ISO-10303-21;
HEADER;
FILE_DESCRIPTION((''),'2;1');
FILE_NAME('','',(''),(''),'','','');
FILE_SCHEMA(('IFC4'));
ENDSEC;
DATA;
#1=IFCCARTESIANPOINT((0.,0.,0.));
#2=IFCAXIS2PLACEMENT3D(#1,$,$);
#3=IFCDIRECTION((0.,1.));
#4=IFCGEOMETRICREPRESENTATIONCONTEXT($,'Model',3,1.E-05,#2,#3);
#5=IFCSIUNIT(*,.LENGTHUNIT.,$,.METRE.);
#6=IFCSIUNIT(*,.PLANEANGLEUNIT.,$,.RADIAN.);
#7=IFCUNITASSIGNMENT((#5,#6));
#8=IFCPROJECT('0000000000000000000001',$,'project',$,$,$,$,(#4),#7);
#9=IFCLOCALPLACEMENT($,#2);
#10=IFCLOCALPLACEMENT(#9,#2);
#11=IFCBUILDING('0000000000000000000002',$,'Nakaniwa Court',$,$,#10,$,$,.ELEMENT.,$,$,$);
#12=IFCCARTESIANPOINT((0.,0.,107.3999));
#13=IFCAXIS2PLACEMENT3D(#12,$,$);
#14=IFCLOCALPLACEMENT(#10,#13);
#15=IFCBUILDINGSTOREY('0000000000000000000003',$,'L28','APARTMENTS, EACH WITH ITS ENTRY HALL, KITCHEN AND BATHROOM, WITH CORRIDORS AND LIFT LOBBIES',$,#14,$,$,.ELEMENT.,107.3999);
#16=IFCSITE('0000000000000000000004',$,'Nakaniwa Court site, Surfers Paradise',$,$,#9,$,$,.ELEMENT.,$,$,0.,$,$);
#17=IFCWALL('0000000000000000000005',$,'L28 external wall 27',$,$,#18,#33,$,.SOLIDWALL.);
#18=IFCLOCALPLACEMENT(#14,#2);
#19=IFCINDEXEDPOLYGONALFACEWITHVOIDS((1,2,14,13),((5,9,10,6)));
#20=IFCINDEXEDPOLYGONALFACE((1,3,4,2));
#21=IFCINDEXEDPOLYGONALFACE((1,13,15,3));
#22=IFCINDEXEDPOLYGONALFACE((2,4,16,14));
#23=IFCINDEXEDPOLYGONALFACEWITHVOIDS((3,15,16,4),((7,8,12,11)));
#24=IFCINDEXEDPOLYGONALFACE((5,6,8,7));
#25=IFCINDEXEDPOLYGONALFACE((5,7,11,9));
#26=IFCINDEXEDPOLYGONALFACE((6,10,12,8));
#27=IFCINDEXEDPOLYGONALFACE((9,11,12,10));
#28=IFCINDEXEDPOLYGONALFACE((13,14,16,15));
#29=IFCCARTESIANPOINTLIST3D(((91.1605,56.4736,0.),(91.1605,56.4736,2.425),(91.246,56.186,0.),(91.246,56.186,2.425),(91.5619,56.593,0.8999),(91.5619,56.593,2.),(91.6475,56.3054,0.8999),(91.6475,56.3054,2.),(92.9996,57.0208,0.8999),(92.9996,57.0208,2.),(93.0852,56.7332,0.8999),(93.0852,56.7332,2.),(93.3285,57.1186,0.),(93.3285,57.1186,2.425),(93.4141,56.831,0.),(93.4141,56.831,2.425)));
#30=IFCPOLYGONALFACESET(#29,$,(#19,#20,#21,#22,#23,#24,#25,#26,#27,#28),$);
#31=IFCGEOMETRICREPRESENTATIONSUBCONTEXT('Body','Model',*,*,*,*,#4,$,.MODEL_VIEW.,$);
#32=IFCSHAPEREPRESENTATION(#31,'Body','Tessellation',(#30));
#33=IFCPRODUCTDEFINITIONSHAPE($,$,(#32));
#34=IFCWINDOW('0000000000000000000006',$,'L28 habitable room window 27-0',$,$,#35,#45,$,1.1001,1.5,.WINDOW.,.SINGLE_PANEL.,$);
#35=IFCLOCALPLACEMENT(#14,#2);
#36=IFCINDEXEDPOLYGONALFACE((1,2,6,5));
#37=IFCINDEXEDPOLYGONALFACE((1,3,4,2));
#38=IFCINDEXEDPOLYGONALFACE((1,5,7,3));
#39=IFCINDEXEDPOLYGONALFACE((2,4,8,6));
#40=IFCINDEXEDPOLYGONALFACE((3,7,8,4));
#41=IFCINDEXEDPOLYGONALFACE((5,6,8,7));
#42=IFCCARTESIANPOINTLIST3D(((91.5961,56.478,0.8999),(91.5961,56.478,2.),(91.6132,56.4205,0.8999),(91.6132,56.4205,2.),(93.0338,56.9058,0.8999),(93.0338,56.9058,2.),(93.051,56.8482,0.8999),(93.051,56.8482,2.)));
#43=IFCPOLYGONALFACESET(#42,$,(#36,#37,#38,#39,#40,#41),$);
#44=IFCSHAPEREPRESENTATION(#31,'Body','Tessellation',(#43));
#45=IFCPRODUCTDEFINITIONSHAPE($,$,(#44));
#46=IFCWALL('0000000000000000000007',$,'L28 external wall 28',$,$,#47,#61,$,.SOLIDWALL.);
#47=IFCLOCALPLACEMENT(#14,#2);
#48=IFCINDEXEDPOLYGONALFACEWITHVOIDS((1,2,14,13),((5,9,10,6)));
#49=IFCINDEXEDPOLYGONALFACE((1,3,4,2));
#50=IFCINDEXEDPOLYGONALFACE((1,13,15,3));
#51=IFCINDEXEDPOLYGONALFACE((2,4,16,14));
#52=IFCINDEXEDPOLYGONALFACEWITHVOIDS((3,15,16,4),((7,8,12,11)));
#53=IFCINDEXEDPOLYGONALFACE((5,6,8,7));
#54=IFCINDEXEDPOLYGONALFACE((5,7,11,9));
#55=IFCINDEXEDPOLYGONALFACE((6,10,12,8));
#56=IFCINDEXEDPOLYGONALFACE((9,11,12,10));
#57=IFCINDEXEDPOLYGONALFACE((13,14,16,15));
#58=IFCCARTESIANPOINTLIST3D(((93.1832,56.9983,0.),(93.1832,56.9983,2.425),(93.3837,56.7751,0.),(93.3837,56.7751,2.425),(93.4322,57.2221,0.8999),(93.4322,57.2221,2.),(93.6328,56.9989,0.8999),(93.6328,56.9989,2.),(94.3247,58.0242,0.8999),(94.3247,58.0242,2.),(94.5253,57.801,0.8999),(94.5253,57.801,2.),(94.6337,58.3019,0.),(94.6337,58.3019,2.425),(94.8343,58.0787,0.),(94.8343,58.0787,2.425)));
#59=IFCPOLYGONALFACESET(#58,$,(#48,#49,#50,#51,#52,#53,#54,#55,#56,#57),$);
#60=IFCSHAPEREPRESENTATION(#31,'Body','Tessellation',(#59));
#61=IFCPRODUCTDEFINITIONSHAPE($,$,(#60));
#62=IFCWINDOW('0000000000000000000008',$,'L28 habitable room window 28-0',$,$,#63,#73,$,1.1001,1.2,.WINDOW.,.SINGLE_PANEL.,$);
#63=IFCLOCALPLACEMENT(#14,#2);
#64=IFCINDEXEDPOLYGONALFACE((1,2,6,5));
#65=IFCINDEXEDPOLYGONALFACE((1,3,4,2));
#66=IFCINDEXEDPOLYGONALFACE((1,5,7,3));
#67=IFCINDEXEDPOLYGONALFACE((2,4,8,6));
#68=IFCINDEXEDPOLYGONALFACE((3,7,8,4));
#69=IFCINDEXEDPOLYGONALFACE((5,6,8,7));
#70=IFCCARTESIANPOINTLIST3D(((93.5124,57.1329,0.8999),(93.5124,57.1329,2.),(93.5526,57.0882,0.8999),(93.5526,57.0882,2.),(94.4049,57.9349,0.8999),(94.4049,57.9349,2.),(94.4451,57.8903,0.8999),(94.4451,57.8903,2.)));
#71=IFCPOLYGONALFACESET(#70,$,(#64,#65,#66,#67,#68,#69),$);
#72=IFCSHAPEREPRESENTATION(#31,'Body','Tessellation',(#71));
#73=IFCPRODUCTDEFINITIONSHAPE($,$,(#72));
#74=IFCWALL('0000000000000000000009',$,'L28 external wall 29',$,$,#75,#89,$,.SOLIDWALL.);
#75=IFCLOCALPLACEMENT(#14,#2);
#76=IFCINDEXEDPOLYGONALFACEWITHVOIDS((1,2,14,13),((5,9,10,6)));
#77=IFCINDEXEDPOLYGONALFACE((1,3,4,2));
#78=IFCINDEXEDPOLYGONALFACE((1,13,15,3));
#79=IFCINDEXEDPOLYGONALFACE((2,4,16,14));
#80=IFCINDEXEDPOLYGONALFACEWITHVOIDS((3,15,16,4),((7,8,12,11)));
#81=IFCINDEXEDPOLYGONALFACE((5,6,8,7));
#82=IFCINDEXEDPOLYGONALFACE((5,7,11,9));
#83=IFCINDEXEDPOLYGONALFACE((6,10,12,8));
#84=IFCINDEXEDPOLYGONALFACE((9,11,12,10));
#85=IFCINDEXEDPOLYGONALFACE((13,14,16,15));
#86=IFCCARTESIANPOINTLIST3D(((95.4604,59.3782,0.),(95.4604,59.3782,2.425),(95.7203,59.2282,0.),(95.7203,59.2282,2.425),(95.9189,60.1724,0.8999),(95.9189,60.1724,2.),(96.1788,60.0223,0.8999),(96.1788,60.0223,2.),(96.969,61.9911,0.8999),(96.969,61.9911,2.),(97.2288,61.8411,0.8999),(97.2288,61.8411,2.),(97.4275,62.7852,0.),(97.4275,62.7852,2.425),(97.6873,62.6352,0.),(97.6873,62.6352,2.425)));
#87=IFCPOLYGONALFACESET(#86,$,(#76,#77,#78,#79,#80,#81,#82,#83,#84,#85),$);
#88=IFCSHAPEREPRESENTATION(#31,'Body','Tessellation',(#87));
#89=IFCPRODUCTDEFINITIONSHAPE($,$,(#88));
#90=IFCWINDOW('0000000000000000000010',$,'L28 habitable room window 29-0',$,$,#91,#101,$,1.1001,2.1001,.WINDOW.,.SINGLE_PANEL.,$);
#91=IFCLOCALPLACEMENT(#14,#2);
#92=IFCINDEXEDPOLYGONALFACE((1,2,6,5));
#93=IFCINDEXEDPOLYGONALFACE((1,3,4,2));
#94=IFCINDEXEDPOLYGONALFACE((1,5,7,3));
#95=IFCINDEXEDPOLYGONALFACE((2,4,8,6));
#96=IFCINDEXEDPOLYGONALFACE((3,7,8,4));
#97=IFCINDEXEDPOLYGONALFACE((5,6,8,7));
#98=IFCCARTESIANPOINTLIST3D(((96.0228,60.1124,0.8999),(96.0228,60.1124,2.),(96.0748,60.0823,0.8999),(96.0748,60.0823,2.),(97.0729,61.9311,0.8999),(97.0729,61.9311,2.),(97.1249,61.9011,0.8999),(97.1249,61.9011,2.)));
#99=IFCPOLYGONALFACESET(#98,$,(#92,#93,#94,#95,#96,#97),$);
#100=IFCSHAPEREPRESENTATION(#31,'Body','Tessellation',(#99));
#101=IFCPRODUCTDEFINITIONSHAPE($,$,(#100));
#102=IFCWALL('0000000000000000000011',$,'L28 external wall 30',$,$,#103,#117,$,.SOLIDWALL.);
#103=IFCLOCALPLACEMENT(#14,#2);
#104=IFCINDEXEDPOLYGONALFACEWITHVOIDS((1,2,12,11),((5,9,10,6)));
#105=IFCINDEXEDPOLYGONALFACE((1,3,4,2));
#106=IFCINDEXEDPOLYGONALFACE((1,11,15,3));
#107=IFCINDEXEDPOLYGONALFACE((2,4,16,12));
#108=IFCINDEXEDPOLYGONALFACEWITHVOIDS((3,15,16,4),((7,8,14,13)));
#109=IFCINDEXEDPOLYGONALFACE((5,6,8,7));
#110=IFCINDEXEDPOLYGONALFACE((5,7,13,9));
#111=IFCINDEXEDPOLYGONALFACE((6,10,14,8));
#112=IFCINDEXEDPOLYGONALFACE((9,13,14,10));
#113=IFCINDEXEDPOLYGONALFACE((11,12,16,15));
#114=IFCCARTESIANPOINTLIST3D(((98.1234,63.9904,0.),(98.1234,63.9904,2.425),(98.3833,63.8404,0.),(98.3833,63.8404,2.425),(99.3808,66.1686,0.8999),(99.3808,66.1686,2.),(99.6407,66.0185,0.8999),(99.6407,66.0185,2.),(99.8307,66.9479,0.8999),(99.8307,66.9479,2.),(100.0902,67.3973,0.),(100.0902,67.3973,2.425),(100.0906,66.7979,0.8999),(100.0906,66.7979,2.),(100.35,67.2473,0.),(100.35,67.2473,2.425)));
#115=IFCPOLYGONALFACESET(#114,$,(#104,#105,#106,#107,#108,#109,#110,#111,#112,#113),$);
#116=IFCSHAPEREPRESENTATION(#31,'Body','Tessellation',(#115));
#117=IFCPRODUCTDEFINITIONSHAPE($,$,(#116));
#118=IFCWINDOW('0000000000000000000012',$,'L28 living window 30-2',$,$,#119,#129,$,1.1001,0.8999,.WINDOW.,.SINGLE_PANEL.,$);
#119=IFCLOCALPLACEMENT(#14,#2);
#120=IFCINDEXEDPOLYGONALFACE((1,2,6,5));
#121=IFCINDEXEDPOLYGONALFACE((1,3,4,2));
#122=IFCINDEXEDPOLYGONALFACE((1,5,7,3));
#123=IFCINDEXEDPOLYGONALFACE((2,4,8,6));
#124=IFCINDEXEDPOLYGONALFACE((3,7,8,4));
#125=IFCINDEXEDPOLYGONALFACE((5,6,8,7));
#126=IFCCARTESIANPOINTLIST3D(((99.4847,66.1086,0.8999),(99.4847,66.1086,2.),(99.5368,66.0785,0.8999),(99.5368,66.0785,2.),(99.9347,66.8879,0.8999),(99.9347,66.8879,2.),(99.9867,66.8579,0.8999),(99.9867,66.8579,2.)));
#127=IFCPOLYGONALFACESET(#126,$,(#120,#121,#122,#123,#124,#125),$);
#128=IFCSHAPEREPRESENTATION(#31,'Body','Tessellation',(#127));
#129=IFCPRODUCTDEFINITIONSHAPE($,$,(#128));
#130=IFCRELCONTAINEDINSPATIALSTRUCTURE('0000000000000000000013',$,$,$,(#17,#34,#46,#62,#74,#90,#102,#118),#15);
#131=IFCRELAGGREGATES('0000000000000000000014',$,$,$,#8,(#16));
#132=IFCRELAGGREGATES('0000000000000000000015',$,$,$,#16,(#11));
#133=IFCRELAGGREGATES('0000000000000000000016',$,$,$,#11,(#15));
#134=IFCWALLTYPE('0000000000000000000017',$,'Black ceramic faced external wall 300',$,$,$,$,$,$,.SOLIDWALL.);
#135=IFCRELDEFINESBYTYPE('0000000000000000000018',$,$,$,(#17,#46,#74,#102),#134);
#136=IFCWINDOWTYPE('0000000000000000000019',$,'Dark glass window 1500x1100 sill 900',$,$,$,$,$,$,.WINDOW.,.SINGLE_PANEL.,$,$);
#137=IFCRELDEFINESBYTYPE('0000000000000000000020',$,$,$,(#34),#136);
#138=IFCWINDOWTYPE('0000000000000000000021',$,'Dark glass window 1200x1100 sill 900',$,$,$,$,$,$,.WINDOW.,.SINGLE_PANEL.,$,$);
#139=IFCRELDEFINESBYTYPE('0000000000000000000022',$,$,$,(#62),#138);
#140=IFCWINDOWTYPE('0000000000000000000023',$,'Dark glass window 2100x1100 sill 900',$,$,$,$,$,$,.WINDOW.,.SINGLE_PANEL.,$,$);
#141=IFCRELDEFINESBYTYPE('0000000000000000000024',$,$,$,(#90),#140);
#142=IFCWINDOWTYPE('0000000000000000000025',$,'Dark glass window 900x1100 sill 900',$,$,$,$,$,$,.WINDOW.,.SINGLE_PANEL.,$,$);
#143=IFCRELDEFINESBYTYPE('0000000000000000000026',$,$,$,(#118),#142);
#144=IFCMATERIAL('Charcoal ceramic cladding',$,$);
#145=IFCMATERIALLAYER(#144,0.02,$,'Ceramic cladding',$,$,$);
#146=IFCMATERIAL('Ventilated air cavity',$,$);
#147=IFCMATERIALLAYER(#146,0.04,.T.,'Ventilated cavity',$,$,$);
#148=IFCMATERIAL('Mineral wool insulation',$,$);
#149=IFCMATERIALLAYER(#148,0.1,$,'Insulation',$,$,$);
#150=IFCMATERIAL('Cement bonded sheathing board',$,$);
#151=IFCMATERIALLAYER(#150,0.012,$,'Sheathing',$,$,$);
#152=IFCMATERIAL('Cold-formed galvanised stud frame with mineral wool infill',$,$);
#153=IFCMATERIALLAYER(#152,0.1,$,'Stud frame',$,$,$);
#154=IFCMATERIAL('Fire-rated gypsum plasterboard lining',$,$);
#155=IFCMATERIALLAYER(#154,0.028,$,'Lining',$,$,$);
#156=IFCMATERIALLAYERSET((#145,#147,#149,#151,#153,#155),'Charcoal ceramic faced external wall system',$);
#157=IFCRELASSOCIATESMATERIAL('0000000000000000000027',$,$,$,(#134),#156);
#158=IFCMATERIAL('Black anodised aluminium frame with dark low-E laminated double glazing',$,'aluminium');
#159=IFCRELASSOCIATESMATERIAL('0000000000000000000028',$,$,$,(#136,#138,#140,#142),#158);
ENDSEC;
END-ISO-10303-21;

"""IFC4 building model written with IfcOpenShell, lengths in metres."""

from ifc_helpers import new_model, si_unit, direction, frame, frame_2d, origin, place, context, subcontext, project, spatial, rectangle, extrude, material, layer, layer_set, type_object, element, fill, save


model = new_model("IFC4")

# Units and contexts
model_context = context("Model", 3, precision=1e-05, world=origin(), true_north=direction((0.0, 1.0)))
body_context = subcontext(model_context, "Body", "Model", "MODEL_VIEW")
ifc_project = project(units=[si_unit("LENGTHUNIT", "METRE"), si_unit("PLANEANGLEUNIT", "RADIAN")], contexts=[model_context])

# Site, building, storey
site_placement = place(None, origin())
site = spatial("IfcSite", under=ifc_project, at=site_placement, Name="Nakaniwa Court site, Surfers Paradise", CompositionType="ELEMENT", RefElevation=0.0)
building_placement = place(site_placement, origin())
building = spatial("IfcBuilding", under=site, at=building_placement, Name="Nakaniwa Court", CompositionType="ELEMENT")
storey_placement = place(building_placement, frame((0.0, 0.0, 107.3999)))
storey = spatial("IfcBuildingStorey", under=building, at=storey_placement, Name="L28", Description="APARTMENTS, EACH WITH ITS ENTRY HALL, KITCHEN AND BATHROOM, WITH CORRIDORS AND LIFT LOBBIES", CompositionType="ELEMENT", Elevation=107.3999)

# Walls, openings, windows
ifc_material_1 = material(Name="Charcoal ceramic cladding")
ifc_layer_1 = layer(ifc_material_1, 0.02, Name="Ceramic cladding")
ifc_material_2 = material(Name="Ventilated air cavity")
ifc_layer_2 = layer(ifc_material_2, 0.04, ventilated=True, Name="Ventilated cavity")
ifc_material_3 = material(Name="Mineral wool insulation")
ifc_layer_3 = layer(ifc_material_3, 0.1, Name="Insulation")
ifc_material_4 = material(Name="Cement bonded sheathing board")
ifc_layer_4 = layer(ifc_material_4, 0.012, Name="Sheathing")
ifc_material_5 = material(Name="Cold-formed galvanised stud frame with mineral wool infill")
ifc_layer_5 = layer(ifc_material_5, 0.1, Name="Stud frame")
ifc_material_6 = material(Name="Fire-rated gypsum plasterboard lining")
ifc_layer_6 = layer(ifc_material_6, 0.028, Name="Lining")
ifc_layer_set_1 = layer_set([ifc_layer_1, ifc_layer_2, ifc_layer_3, ifc_layer_4, ifc_layer_5, ifc_layer_6], Name="Charcoal ceramic faced external wall system")
wall_type_1 = type_object("IfcWallType", Name="Black ceramic faced external wall 300", PredefinedType="SOLIDWALL", material=ifc_layer_set_1)
wall_1_placement = place(storey_placement, frame((91.2034, 56.3298, 0.0), z_axis=(0.0, 0.0, 1.0), x_axis=(0.958477, 0.285169, 0.0)))
wall_1 = element("IfcWall", 1, at=wall_1_placement, inside=storey, type_object=wall_type_1, Name="L28 external wall 27", PredefinedType="SOLIDWALL", context=body_context, shape_type="SweptSolid", body=[
    extrude(rectangle(XDim=2.262, YDim=0.3, at=frame_2d((1.1309, 0.0))), origin(), (0.0, 0.0, 1.0), 2.425),
])
opening_1_placement = place(wall_1_placement, frame((0.4187, 0.0, 0.8999)))
opening_1 = element("IfcOpeningElement", 2, at=opening_1_placement, cuts=wall_1, PredefinedType="OPENING", context=body_context, shape_type="SweptSolid", body=[
    extrude(rectangle(XDim=1.5, YDim=1.1001, at=frame_2d((0.75, 0.55))), frame((0.0, 0.1599, 0.0), z_axis=(0.0, -1.0, 0.0), x_axis=(1.0, 0.0, 0.0)), (0.0, 0.0, 1.0), 0.3201),
])
ifc_material_7 = material(Name="Black anodised aluminium frame with dark low-E laminated double glazing", Category="aluminium")
window_type_1 = type_object("IfcWindowType", Name="Dark glass window 1500x1100 sill 900", PartitioningType="SINGLE_PANEL", PredefinedType="WINDOW", material=ifc_material_7)
window_1_placement = place(opening_1_placement, origin())
window_1 = element("IfcWindow", 3, at=window_1_placement, inside=storey, type_object=window_type_1, Name="L28 habitable room window 27-0", OverallHeight=1.1001, OverallWidth=1.5, PartitioningType="SINGLE_PANEL", PredefinedType="WINDOW", context=body_context, shape_type="SweptSolid", body=[
    extrude(rectangle(XDim=1.5, YDim=1.1001, at=frame_2d((0.75, 0.55))), frame((0.0, 0.03, 0.0), z_axis=(0.0, -1.0, 0.0), x_axis=(1.0, 0.0, 0.0)), (0.0, 0.0, 1.0), 0.0601),
])
fill(opening_1, window_1)
wall_2_placement = place(storey_placement, frame((93.2834, 56.8867, 0.0), z_axis=(0.0, 0.0, 1.0), x_axis=(0.743786, 0.668418, 0.0)))
wall_2 = element("IfcWall", 4, at=wall_2_placement, inside=storey, type_object=wall_type_1, Name="L28 external wall 28", PredefinedType="SOLIDWALL", context=body_context, shape_type="SweptSolid", body=[
    extrude(rectangle(XDim=1.9502, YDim=0.3, at=frame_2d((0.9751, 0.0))), origin(), (0.0, 0.0, 1.0), 2.425),
])
opening_2_placement = place(wall_2_placement, frame((0.3347, 0.0, 0.8999)))
opening_2 = element("IfcOpeningElement", 5, at=opening_2_placement, cuts=wall_2, PredefinedType="OPENING", context=body_context, shape_type="SweptSolid", body=[
    extrude(rectangle(XDim=1.2, YDim=1.1001, at=frame_2d((0.6001, 0.55))), frame((0.0, 0.1599, 0.0), z_axis=(0.0, -1.0, 0.0), x_axis=(1.0, 0.0, 0.0)), (0.0, 0.0, 1.0), 0.3201),
])
window_type_2 = type_object("IfcWindowType", Name="Dark glass window 1200x1100 sill 900", PartitioningType="SINGLE_PANEL", PredefinedType="WINDOW", material=ifc_material_7)
window_2_placement = place(opening_2_placement, origin())
window_2 = element("IfcWindow", 6, at=window_2_placement, inside=storey, type_object=window_type_2, Name="L28 habitable room window 28-0", OverallHeight=1.1001, OverallWidth=1.2, PartitioningType="SINGLE_PANEL", PredefinedType="WINDOW", context=body_context, shape_type="SweptSolid", body=[
    extrude(rectangle(XDim=1.2, YDim=1.1001, at=frame_2d((0.6001, 0.55))), frame((0.0, 0.03, 0.0), z_axis=(0.0, -1.0, 0.0), x_axis=(1.0, 0.0, 0.0)), (0.0, 0.0, 1.0), 0.0601),
])
fill(opening_2, window_2)
wall_3_placement = place(storey_placement, frame((95.5903, 59.3032, 0.0), z_axis=(0.0, 0.0, 1.0), x_axis=(0.500004, 0.866023, 0.0)))
wall_3 = element("IfcWall", 7, at=wall_3_placement, inside=storey, type_object=wall_type_1, Name="L28 external wall 29", PredefinedType="SOLIDWALL", context=body_context, shape_type="SweptSolid", body=[
    extrude(rectangle(XDim=3.9341, YDim=0.3, at=frame_2d((1.967, 0.0))), origin(), (0.0, 0.0, 1.0), 2.425),
])
opening_3_placement = place(wall_3_placement, frame((0.917, 0.0, 0.8999)))
opening_3 = element("IfcOpeningElement", 8, at=opening_3_placement, cuts=wall_3, PredefinedType="OPENING", context=body_context, shape_type="SweptSolid", body=[
    extrude(rectangle(XDim=2.1001, YDim=1.1001, at=frame_2d((1.05, 0.55))), frame((0.0, 0.1599, 0.0), z_axis=(0.0, -1.0, 0.0), x_axis=(1.0, 0.0, 0.0)), (0.0, 0.0, 1.0), 0.3201),
])
window_type_3 = type_object("IfcWindowType", Name="Dark glass window 2100x1100 sill 900", PartitioningType="SINGLE_PANEL", PredefinedType="WINDOW", material=ifc_material_7)
window_3_placement = place(opening_3_placement, origin())
window_3 = element("IfcWindow", 9, at=window_3_placement, inside=storey, type_object=window_type_3, Name="L28 habitable room window 29-0", OverallHeight=1.1001, OverallWidth=2.1001, PartitioningType="SINGLE_PANEL", PredefinedType="WINDOW", context=body_context, shape_type="SweptSolid", body=[
    extrude(rectangle(XDim=2.1001, YDim=1.1001, at=frame_2d((1.05, 0.55))), frame((0.0, 0.03, 0.0), z_axis=(0.0, -1.0, 0.0), x_axis=(1.0, 0.0, 0.0)), (0.0, 0.0, 1.0), 0.0601),
])
fill(opening_3, window_3)
wall_4_placement = place(storey_placement, frame((98.2534, 63.9155, 0.0), z_axis=(0.0, 0.0, 1.0), x_axis=(0.499957, 0.86605, 0.0)))
wall_4 = element("IfcWall", 10, at=wall_4_placement, inside=storey, type_object=wall_type_1, Name="L28 external wall 30", PredefinedType="SOLIDWALL", context=body_context, shape_type="SweptSolid", body=[
    extrude(rectangle(XDim=3.9338, YDim=0.3, at=frame_2d((1.9668, 0.0))), origin(), (0.0, 0.0, 1.0), 2.425),
])
opening_4_placement = place(wall_4_placement, frame((2.5149, 0.0, 0.8999)))
opening_4 = element("IfcOpeningElement", 11, at=opening_4_placement, cuts=wall_4, PredefinedType="OPENING", context=body_context, shape_type="SweptSolid", body=[
    extrude(rectangle(XDim=0.8999, YDim=1.1001, at=frame_2d((0.45, 0.55))), frame((0.0, 0.1599, 0.0), z_axis=(0.0, -1.0, 0.0), x_axis=(1.0, 0.0, 0.0)), (0.0, 0.0, 1.0), 0.3201),
])
window_type_4 = type_object("IfcWindowType", Name="Dark glass window 900x1100 sill 900", PartitioningType="SINGLE_PANEL", PredefinedType="WINDOW", material=ifc_material_7)
window_4_placement = place(opening_4_placement, origin())
window_4 = element("IfcWindow", 12, at=window_4_placement, inside=storey, type_object=window_type_4, Name="L28 living window 30-2", OverallHeight=1.1001, OverallWidth=0.8999, PartitioningType="SINGLE_PANEL", PredefinedType="WINDOW", context=body_context, shape_type="SweptSolid", body=[
    extrude(rectangle(XDim=0.8999, YDim=1.1001, at=frame_2d((0.45, 0.55))), frame((0.0, 0.03, 0.0), z_axis=(0.0, -1.0, 0.0), x_axis=(1.0, 0.0, 0.0)), (0.0, 0.0, 1.0), 0.0601),
])
fill(opening_4, window_4)

save(model, "model.ifc")
